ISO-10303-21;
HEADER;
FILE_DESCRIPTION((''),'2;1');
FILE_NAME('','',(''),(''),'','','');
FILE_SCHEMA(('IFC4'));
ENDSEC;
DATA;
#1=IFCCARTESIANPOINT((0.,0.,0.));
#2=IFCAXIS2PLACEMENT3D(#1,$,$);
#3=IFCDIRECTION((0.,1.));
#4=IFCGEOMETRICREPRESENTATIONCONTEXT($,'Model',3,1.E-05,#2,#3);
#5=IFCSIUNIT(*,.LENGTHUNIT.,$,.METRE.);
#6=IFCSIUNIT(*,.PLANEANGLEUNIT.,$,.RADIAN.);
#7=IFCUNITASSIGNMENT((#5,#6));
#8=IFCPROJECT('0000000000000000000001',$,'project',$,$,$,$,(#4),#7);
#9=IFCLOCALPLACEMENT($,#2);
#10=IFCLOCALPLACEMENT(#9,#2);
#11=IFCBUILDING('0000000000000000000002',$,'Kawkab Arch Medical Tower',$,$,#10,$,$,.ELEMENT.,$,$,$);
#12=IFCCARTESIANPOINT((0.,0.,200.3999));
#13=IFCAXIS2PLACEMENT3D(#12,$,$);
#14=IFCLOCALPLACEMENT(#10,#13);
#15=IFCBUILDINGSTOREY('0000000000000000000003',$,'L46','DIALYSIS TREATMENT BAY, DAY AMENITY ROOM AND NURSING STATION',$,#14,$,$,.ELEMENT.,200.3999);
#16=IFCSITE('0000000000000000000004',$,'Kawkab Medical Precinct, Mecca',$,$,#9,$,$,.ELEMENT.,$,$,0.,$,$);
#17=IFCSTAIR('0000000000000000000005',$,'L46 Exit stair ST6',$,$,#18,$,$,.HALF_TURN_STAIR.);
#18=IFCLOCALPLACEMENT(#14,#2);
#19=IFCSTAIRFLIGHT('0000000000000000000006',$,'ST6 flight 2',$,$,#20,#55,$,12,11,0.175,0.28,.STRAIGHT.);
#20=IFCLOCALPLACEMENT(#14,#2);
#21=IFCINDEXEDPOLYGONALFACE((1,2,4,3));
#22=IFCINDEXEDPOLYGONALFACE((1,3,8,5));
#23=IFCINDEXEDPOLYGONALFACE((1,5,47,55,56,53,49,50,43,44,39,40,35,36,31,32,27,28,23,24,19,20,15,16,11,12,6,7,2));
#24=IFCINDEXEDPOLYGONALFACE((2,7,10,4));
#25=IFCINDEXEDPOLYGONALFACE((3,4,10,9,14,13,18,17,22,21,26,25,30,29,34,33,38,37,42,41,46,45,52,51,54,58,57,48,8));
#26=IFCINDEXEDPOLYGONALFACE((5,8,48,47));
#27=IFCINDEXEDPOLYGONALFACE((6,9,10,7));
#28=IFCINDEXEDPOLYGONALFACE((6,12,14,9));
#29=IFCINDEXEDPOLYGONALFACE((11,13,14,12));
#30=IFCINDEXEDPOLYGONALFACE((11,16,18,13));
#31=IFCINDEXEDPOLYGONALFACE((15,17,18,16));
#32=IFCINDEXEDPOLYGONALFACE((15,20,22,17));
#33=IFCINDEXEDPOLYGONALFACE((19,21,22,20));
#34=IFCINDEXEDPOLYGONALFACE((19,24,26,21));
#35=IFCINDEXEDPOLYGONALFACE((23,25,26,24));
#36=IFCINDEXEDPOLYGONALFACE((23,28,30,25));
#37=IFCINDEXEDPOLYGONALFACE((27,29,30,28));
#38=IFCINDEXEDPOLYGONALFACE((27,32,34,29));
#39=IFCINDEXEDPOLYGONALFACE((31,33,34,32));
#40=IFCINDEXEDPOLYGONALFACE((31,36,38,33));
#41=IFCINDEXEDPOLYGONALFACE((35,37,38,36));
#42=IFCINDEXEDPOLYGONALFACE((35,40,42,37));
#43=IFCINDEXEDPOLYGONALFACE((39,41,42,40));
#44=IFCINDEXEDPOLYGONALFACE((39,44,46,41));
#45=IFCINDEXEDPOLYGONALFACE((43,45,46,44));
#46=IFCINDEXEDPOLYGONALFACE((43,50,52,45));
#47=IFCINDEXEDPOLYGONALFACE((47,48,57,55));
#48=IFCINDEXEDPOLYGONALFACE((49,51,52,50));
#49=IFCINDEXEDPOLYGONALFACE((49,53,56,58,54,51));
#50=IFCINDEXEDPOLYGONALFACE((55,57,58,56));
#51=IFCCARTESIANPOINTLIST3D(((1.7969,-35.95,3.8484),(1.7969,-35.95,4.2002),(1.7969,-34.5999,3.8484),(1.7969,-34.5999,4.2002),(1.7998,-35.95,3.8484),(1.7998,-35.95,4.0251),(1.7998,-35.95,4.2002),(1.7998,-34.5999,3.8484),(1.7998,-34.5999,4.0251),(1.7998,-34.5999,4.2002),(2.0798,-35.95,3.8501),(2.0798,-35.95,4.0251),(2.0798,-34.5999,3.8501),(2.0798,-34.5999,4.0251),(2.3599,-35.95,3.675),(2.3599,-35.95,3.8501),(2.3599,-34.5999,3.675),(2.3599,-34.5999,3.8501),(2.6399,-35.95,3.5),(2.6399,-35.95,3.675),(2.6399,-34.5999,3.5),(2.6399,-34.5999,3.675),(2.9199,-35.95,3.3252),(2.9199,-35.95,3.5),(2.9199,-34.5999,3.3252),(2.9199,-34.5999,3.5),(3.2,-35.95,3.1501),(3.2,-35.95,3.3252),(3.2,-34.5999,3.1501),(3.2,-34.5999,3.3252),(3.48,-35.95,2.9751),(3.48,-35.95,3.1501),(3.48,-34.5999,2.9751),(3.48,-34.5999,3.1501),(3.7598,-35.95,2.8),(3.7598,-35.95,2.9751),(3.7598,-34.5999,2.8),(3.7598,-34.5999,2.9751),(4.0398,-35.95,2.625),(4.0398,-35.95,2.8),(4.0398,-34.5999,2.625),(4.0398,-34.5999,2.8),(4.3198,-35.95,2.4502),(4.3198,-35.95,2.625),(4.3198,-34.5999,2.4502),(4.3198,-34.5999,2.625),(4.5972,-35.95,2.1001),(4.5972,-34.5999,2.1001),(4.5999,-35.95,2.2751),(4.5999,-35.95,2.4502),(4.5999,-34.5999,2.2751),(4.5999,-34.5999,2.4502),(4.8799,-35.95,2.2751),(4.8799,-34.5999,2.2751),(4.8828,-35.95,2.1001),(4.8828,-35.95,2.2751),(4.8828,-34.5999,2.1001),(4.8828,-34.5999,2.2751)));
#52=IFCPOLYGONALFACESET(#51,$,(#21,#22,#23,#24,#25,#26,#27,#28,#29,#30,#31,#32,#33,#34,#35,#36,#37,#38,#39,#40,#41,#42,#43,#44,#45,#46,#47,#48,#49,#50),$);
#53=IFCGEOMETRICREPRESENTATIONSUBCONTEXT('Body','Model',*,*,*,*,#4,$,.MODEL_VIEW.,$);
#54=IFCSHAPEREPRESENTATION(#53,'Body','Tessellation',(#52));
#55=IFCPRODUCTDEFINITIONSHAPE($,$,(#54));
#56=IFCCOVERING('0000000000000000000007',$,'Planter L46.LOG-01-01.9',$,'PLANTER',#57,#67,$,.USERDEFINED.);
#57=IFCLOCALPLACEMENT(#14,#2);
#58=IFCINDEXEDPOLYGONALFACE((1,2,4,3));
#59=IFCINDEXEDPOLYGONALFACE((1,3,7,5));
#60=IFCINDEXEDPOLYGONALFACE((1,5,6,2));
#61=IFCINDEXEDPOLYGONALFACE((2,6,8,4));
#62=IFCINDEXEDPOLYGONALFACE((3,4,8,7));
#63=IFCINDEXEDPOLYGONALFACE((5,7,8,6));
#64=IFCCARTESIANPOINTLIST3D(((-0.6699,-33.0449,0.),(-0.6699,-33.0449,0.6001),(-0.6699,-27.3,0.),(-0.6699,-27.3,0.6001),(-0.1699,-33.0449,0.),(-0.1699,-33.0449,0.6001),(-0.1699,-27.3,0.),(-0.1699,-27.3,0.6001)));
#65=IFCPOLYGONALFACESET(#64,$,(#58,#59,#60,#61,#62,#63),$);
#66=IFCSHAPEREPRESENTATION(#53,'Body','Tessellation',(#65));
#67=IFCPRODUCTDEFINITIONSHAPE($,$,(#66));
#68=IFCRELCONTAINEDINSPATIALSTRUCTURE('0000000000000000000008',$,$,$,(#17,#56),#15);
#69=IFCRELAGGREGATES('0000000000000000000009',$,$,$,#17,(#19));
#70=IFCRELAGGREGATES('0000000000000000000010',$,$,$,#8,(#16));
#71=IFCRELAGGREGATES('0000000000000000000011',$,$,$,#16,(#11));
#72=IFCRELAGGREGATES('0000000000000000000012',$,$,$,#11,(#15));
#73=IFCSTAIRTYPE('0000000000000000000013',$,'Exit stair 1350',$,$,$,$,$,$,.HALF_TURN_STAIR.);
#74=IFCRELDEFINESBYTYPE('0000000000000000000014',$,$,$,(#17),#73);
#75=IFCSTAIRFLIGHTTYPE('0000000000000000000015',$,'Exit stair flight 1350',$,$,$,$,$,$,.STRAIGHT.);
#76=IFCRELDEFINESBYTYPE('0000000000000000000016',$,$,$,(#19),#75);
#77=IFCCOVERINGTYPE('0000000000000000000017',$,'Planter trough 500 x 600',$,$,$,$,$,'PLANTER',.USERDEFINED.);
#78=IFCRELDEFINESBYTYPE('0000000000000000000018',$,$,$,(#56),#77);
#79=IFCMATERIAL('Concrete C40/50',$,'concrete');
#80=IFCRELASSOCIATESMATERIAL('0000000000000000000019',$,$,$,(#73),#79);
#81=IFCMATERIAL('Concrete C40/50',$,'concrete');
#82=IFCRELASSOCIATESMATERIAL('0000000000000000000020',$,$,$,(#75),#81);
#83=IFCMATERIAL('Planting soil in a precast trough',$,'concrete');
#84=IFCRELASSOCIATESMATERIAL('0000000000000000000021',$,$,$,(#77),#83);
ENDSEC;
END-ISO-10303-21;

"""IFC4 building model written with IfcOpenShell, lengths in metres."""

from ifc_helpers import new_model, si_unit, direction, frame, origin, origin_2d, place, context, subcontext, project, spatial, polyline, rectangle, outline, extrude, material, material_profile, profile_set, type_object, element, aggregate, save


model = new_model("IFC4")

# Units and contexts
model_context = context("Model", 3, precision=1e-05, world=origin(), true_north=direction((0.0, 1.0)))
body_context = subcontext(model_context, "Body", "Model", "MODEL_VIEW")
ifc_project = project(units=[si_unit("LENGTHUNIT", "METRE"), si_unit("PLANEANGLEUNIT", "RADIAN")], contexts=[model_context])

# Site, building, storey
site_placement = place(None, origin())
site = spatial("IfcSite", under=ifc_project, at=site_placement, Name="Kawkab Medical Precinct, Mecca", CompositionType="ELEMENT", RefElevation=0.0)
building_placement = place(site_placement, origin())
building = spatial("IfcBuilding", under=site, at=building_placement, Name="Kawkab Arch Medical Tower", CompositionType="ELEMENT")
storey_placement = place(building_placement, frame((0.0, 0.0, 200.3999)))
storey = spatial("IfcBuildingStorey", under=building, at=storey_placement, Name="L46", Description="DIALYSIS TREATMENT BAY, DAY AMENITY ROOM AND NURSING STATION", CompositionType="ELEMENT", Elevation=200.3999)

# Shared definitions
placement = place(storey_placement, origin())

# Stair, stair flight
ifc_material_1 = material(Name="Concrete C40/50", Category="concrete")
stair_type = type_object("IfcStairType", Name="Exit stair 1350", PredefinedType="HALF_TURN_STAIR", material=ifc_material_1)
stair = element("IfcStair", 1, at=placement, inside=storey, type_object=stair_type, Name="L46 Exit stair ST6", PredefinedType="HALF_TURN_STAIR")
ifc_material_2 = material(Name="Concrete C40/50", Category="concrete")
stair_flight_type = type_object("IfcStairFlightType", Name="Exit stair flight 1350", PredefinedType="STRAIGHT", material=ifc_material_2)
stair_flight_1_placement = place(storey_placement, frame((4.8799, -35.2749, 2.1001), z_axis=(0.0, 0.0, 1.0), x_axis=(-1.0, 0.0, 0.0)))
stair_flight_1 = element("IfcStairFlight", 2, at=stair_flight_1_placement, type_object=stair_flight_type, Name="ST6 flight 2", NumberOfRisers=12, NumberOfTreads=11, PredefinedType="STRAIGHT", RiserHeight=0.175, TreadLength=0.28, context=body_context, shape_type="SweptSolid", body=[
    extrude(outline(polyline([(-0.0029, 0.0), (-0.0029, 0.175), (0.0, 0.175), (0.28, 0.175), (0.28, 0.3501), (0.5601, 0.3501), (0.5601, 0.5249), (0.8401, 0.5249), (0.8401, 0.7), (1.1201, 0.7), (1.1201, 0.875), (1.3999, 0.875), (1.3999, 1.05), (1.6799, 1.05), (1.6799, 1.2251), (1.96, 1.2251), (1.96, 1.3999), (2.24, 1.3999), (2.24, 1.575), (2.52, 1.575), (2.52, 1.75), (2.8, 1.75), (2.8, 1.925), (3.0801, 1.925), (3.0801, 2.1001), (3.083, 2.1001), (3.083, 1.7483), (3.0801, 1.7483), (0.2827, 0.0), (-0.0029, 0.0)])), frame((0.0, 0.675, 0.0), z_axis=(0.0, -1.0, 0.0), x_axis=(1.0, 0.0, 0.0)), (0.0, 0.0, 1.0), 1.3501),
])
aggregate(stair, [stair_flight_1])

# Covering
ifc_material_3 = material(Name="Planting soil in a precast trough", Category="concrete")
ifc_material_profile_1 = material_profile(ifc_material_3, rectangle(XDim=0.5, YDim=0.6001, at=origin_2d()), Name="Trough 500x600")
ifc_profile_set_1 = profile_set([ifc_material_profile_1], Name="Planting soil in a precast trough")
covering_type = type_object("IfcCoveringType", Name="Planter trough 500 x 600", ElementType="PLANTER", PredefinedType="USERDEFINED", material=ifc_profile_set_1)
covering_placement = place(storey_placement, frame((-0.4199, -33.0449, 0.3), z_axis=(0.0, 1.0, 0.0), x_axis=(-1.0, 0.0, 0.0)))
element("IfcCovering", 3, at=covering_placement, inside=storey, type_object=covering_type, Name="Planter L46.LOG-01-01.9", ObjectType="PLANTER", PredefinedType="USERDEFINED", context=body_context, shape_type="SweptSolid", body=[
    extrude(rectangle(XDim=0.5, YDim=0.6001, at=origin_2d()), origin(), (0.0, 0.0, 1.0), 5.7449),
])

save(model, "model.ifc")
